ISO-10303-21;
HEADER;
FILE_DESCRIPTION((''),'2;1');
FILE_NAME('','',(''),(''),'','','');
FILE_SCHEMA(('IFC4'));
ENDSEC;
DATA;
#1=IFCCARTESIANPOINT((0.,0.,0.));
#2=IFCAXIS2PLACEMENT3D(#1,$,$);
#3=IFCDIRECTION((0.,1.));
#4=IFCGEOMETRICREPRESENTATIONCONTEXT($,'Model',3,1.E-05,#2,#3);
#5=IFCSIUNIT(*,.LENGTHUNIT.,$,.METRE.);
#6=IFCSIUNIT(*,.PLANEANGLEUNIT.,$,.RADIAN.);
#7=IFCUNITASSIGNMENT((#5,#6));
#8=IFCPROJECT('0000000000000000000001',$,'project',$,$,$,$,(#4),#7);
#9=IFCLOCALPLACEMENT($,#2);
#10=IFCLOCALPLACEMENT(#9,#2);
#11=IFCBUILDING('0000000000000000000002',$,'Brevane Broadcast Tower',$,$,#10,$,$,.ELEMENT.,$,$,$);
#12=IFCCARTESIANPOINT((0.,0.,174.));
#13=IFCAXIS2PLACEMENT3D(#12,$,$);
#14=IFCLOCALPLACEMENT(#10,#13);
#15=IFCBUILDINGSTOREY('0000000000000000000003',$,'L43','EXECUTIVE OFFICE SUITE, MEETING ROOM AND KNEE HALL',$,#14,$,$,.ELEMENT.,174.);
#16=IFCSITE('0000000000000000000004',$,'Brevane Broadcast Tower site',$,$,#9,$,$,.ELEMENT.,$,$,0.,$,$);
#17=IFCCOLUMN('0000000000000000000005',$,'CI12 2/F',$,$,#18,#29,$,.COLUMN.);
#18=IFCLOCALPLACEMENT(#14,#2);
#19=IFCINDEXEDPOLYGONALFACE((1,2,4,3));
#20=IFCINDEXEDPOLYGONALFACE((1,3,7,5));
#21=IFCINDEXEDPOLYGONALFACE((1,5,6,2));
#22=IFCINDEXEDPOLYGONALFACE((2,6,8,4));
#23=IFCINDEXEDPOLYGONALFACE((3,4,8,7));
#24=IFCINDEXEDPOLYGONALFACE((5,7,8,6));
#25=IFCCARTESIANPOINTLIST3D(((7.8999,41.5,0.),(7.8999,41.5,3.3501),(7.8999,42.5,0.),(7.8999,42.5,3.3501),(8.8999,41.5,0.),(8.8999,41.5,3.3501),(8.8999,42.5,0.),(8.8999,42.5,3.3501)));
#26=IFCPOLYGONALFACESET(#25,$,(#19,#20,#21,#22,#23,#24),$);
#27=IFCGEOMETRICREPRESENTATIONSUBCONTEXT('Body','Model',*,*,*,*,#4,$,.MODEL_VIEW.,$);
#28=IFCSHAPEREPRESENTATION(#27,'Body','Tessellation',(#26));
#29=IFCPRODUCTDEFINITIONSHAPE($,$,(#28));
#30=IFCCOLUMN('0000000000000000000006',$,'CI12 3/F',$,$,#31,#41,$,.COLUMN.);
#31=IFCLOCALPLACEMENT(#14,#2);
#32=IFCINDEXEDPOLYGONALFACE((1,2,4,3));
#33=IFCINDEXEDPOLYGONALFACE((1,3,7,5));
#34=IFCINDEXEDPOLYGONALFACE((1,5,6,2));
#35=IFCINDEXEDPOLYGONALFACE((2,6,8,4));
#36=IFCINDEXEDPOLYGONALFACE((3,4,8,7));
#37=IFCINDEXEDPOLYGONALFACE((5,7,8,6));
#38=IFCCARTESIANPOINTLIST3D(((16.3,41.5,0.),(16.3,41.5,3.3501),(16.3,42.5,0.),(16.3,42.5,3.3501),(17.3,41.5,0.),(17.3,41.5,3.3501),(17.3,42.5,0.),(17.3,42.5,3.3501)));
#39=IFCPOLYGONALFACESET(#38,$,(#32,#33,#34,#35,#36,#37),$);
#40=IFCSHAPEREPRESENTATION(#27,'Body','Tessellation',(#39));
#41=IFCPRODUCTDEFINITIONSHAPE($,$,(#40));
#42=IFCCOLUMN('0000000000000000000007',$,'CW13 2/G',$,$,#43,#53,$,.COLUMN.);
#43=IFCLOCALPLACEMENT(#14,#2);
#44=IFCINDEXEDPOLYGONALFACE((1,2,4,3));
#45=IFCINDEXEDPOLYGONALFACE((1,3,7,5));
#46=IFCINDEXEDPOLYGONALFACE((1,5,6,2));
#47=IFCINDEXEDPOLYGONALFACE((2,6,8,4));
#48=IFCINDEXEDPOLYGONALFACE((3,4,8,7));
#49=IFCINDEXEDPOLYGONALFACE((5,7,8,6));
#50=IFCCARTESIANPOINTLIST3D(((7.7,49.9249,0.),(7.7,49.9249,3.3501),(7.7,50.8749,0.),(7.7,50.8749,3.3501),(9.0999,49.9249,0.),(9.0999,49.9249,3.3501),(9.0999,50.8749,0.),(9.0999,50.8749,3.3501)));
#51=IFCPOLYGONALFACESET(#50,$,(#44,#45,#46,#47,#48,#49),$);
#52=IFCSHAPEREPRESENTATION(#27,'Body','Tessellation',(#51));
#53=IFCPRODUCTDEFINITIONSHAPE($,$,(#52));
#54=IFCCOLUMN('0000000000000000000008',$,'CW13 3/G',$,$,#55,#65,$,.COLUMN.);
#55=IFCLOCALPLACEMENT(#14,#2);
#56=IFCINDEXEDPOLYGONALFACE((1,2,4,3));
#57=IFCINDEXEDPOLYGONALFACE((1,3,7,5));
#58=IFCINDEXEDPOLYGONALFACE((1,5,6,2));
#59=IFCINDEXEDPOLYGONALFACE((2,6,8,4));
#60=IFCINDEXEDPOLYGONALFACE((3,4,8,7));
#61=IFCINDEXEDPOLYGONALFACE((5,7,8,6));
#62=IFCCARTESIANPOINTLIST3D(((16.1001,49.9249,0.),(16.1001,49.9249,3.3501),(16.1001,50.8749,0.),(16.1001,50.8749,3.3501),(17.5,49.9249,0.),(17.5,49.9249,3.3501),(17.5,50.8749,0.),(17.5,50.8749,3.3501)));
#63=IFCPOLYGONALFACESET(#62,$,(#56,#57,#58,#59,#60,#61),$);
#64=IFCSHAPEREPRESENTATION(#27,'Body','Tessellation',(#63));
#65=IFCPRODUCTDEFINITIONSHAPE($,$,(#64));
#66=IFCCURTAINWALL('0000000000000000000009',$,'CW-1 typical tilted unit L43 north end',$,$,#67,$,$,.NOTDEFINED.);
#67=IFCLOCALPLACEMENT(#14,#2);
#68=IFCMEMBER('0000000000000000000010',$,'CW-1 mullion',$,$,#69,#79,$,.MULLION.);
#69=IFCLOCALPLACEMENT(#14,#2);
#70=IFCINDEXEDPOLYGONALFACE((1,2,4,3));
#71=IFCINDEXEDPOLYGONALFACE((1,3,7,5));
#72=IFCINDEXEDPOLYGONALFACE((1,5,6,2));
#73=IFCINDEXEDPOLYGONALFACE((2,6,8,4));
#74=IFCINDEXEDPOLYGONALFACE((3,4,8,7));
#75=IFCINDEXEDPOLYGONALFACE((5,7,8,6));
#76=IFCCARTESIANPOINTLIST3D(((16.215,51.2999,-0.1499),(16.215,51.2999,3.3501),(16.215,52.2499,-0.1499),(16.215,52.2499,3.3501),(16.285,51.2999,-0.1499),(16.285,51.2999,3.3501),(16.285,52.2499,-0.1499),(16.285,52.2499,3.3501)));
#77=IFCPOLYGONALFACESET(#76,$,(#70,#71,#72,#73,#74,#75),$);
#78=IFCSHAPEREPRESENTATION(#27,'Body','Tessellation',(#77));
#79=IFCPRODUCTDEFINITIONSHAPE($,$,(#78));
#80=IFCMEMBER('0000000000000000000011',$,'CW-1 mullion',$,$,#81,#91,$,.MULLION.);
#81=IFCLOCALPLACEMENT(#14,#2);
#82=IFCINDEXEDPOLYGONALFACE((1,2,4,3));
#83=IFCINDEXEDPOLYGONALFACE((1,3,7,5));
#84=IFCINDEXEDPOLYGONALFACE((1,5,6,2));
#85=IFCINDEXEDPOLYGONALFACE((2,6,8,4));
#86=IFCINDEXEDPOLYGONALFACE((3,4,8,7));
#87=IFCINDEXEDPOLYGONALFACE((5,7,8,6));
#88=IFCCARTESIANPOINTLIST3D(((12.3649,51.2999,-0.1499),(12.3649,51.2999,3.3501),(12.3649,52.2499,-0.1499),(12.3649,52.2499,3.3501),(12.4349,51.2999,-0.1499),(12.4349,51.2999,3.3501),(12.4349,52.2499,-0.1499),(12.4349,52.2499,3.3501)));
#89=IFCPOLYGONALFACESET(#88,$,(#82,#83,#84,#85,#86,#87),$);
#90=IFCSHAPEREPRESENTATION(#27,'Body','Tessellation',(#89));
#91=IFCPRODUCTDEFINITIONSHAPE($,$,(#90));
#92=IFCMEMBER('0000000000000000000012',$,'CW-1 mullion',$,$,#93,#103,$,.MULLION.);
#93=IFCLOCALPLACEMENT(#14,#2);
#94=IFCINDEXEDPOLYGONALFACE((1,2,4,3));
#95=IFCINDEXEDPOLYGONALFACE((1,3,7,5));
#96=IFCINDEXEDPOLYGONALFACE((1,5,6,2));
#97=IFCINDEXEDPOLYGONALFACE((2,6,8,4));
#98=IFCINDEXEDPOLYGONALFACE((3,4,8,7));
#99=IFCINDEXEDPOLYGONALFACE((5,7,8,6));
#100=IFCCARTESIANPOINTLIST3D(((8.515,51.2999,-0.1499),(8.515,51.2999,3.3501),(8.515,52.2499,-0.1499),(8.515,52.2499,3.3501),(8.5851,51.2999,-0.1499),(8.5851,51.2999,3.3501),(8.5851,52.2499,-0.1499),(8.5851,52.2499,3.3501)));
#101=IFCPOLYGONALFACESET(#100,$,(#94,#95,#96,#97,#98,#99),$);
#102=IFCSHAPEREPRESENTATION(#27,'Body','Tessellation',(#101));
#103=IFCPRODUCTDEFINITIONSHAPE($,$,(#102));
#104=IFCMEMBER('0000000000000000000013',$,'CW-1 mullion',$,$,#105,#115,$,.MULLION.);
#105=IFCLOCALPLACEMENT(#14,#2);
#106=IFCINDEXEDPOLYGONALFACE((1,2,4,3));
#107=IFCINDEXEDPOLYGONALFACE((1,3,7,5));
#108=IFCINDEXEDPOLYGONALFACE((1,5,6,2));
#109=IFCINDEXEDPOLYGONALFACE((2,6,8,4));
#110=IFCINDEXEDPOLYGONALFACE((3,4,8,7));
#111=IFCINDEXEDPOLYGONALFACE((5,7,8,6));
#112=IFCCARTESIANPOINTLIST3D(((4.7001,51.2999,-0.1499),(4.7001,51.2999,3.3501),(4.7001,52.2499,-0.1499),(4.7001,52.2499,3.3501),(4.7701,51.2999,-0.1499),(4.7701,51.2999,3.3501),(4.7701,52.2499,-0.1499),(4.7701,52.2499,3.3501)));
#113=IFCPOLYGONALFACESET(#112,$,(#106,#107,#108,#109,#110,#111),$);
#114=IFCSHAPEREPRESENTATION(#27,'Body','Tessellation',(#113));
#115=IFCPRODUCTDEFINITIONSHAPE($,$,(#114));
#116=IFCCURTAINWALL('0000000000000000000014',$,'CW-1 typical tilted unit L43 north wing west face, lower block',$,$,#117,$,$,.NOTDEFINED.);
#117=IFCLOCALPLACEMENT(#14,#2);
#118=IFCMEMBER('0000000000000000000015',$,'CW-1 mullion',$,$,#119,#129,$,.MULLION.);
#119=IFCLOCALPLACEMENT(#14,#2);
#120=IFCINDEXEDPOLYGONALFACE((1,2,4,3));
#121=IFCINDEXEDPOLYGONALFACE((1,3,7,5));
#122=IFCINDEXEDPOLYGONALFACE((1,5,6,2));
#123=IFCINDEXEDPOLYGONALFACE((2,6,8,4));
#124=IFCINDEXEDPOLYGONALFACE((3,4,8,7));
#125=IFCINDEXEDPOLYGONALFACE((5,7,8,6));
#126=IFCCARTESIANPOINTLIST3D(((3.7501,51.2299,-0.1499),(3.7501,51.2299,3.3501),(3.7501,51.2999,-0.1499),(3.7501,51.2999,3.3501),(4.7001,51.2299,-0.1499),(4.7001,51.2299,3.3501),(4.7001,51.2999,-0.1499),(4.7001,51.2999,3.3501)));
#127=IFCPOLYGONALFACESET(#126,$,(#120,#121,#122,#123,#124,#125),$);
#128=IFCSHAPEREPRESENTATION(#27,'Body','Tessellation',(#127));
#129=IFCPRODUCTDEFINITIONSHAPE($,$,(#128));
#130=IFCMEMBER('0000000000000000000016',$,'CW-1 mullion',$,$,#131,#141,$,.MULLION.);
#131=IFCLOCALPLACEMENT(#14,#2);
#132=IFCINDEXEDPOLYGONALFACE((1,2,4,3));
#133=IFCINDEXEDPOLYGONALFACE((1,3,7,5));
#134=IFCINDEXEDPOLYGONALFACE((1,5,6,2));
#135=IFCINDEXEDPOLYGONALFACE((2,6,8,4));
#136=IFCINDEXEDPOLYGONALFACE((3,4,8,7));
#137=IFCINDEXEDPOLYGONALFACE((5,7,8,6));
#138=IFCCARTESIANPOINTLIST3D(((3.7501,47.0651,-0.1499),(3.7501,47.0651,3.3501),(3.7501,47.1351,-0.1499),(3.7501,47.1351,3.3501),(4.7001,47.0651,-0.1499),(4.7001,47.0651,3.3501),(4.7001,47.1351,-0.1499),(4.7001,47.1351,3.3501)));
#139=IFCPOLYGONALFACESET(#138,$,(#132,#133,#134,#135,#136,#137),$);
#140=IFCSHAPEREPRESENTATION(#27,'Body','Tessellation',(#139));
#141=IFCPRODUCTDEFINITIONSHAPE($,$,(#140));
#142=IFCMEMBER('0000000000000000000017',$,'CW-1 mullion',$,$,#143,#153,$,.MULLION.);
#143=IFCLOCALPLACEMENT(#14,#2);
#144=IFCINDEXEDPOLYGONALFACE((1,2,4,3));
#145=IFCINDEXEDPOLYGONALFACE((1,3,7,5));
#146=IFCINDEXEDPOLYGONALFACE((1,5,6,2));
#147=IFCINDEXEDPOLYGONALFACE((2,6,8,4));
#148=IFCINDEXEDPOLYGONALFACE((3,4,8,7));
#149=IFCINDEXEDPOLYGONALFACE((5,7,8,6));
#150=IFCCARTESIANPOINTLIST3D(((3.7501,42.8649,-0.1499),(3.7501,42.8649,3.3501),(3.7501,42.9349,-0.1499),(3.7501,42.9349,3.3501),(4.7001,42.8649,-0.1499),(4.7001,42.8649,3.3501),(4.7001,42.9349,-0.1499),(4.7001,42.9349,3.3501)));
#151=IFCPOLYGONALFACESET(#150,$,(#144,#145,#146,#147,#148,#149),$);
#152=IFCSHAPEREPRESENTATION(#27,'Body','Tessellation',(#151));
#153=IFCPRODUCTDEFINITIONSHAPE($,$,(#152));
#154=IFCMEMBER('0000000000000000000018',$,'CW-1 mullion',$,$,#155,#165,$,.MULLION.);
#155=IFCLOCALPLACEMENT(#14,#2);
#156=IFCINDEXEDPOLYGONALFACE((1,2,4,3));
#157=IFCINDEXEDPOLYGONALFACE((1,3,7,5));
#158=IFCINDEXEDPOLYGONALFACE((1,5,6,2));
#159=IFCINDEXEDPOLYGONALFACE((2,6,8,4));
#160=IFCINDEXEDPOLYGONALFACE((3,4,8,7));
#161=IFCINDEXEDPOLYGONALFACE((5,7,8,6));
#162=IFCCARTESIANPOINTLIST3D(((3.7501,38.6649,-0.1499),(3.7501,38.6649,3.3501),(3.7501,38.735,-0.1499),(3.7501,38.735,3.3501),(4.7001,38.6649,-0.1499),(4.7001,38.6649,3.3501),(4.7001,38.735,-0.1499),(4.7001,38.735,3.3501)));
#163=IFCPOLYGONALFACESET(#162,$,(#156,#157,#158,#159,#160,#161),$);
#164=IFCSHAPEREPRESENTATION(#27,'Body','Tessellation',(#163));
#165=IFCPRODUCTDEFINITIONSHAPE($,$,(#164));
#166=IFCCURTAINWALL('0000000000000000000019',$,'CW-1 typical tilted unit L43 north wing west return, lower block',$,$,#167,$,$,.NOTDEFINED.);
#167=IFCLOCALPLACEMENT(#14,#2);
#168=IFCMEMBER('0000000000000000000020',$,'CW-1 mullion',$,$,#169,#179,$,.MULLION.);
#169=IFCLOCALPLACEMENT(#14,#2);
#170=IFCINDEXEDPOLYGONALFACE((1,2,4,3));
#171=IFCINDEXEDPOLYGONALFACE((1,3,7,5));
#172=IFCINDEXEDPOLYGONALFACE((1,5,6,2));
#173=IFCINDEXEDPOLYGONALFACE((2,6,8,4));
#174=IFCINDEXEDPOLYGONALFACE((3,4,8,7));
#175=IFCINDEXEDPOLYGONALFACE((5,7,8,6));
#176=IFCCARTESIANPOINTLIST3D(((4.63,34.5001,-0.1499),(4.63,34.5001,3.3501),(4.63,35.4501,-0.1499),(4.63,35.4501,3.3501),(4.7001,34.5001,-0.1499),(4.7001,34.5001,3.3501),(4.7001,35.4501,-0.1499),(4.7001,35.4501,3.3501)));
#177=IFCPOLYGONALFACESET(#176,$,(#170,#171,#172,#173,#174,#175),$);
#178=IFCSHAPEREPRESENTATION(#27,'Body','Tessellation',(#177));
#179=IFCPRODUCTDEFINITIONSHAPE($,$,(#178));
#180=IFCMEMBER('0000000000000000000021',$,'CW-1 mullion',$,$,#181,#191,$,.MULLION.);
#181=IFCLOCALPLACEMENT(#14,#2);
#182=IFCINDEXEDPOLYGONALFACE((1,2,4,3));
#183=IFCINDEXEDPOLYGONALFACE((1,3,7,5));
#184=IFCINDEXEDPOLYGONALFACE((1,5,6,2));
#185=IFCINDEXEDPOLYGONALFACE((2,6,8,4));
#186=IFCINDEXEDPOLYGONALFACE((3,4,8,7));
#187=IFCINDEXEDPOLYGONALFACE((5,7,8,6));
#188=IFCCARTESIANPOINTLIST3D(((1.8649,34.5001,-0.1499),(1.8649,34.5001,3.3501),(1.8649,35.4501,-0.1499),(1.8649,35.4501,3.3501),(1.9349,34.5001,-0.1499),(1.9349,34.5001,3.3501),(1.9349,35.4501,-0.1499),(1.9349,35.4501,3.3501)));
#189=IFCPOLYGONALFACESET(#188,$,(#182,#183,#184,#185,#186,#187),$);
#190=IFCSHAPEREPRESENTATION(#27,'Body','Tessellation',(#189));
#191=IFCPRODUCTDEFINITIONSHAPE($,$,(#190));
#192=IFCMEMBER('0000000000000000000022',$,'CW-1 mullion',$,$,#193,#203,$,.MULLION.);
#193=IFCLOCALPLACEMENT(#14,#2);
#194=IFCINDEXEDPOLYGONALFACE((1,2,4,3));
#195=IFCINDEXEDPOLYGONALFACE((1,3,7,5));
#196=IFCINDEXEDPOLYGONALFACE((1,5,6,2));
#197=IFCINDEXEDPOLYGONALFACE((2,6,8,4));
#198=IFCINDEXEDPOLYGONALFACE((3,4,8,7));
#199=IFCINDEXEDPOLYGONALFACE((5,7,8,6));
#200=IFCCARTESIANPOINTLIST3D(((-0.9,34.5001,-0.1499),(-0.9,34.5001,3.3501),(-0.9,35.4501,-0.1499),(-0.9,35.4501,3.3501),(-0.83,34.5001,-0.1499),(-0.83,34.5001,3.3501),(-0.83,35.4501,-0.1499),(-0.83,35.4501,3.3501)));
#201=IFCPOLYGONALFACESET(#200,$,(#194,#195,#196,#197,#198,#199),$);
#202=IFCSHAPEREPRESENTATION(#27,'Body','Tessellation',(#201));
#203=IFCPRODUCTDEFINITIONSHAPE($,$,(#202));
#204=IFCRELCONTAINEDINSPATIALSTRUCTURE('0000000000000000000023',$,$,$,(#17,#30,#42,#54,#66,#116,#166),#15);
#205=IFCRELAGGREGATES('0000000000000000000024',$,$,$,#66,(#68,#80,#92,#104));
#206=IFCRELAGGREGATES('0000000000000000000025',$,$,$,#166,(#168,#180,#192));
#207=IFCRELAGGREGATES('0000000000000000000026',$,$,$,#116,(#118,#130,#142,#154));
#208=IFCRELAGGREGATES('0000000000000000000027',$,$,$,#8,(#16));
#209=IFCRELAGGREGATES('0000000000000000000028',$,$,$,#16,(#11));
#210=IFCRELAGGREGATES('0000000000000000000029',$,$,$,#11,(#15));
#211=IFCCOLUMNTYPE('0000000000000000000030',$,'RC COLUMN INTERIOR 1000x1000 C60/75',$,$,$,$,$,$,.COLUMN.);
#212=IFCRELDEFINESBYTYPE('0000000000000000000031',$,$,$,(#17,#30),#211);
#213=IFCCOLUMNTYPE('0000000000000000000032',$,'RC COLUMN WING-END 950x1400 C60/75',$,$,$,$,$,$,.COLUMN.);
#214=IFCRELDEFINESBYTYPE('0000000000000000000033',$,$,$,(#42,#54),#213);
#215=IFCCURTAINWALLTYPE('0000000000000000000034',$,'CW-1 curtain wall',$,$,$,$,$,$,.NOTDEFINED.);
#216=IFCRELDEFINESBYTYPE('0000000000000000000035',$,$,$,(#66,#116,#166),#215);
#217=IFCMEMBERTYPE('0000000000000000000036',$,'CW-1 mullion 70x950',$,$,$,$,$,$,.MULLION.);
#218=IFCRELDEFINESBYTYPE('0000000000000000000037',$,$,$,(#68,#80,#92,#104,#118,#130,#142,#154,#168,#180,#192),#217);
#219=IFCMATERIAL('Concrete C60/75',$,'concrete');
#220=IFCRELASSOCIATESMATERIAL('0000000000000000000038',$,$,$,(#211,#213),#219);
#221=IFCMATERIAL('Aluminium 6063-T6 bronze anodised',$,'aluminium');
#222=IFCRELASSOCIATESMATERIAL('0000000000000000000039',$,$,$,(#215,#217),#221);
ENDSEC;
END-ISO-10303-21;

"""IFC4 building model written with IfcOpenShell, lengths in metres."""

from ifc_helpers import new_model, si_unit, direction, frame, origin, origin_2d, place, context, subcontext, project, spatial, rectangle, extrude, material, material_profile, profile_set, type_object, element, aggregate, save


model = new_model("IFC4")

# Units and contexts
model_context = context("Model", 3, precision=1e-05, world=origin(), true_north=direction((0.0, 1.0)))
body_context = subcontext(model_context, "Body", "Model", "MODEL_VIEW")
ifc_project = project(units=[si_unit("LENGTHUNIT", "METRE"), si_unit("PLANEANGLEUNIT", "RADIAN")], contexts=[model_context])

# Site, building, storey
site_placement = place(None, origin())
site = spatial("IfcSite", under=ifc_project, at=site_placement, Name="Brevane Broadcast Tower site", CompositionType="ELEMENT", RefElevation=0.0)
building_placement = place(site_placement, origin())
building = spatial("IfcBuilding", under=site, at=building_placement, Name="Brevane Broadcast Tower", CompositionType="ELEMENT")
storey_placement = place(building_placement, frame((0.0, 0.0, 174.0)))
storey = spatial("IfcBuildingStorey", under=building, at=storey_placement, Name="L43", Description="EXECUTIVE OFFICE SUITE, MEETING ROOM AND KNEE HALL", CompositionType="ELEMENT", Elevation=174.0)

# Columns
ifc_material_1 = material(Name="Concrete C60/75", Category="concrete")
ifc_material_profile_1 = material_profile(ifc_material_1, rectangle(XDim=1.0, YDim=1.0, at=origin_2d()), Name="RC 1000x1000")
ifc_profile_set_1 = profile_set([ifc_material_profile_1], Name="Concrete C60/75")
column_type_1 = type_object("IfcColumnType", Name="RC COLUMN INTERIOR 1000x1000 C60/75", PredefinedType="COLUMN", material=ifc_profile_set_1)
for number, where, z_axis, x_axis, name in (
    (1, (8.3999, 42.0, 0.0), (0.0, 0.0, 1.0), (1.0, 0.0, 0.0), "CI12 2/F"),
    (2, (16.8, 42.0, 0.0), (0.0, 0.0, 1.0), (1.0, 0.0, 0.0), "CI12 3/F"),
):
    element("IfcColumn", number, at=place(storey_placement, frame(where, z_axis=z_axis, x_axis=x_axis)), inside=storey, type_object=column_type_1, Name=name, PredefinedType="COLUMN", context=body_context, shape_type="SweptSolid", body=[
        extrude(rectangle(XDim=1.0, YDim=1.0, at=origin_2d()), origin(), (0.0, 0.0, 1.0), 3.3501),
    ])
ifc_material_profile_2 = material_profile(ifc_material_1, rectangle(XDim=0.95, YDim=1.3999, at=origin_2d()), Name="RC 950x1400")
ifc_profile_set_2 = profile_set([ifc_material_profile_2], Name="Concrete C60/75")
column_type_2 = type_object("IfcColumnType", Name="RC COLUMN WING-END 950x1400 C60/75", PredefinedType="COLUMN", material=ifc_profile_set_2)
for number, where, z_axis, x_axis, name in (
    (3, (8.3999, 50.3999, 0.0), (0.0, 0.0, 1.0), (0.0, 1.0, 0.0), "CW13 2/G"),
    (4, (16.8, 50.3999, 0.0), (0.0, 0.0, 1.0), (0.0, 1.0, 0.0), "CW13 3/G"),
):
    element("IfcColumn", number, at=place(storey_placement, frame(where, z_axis=z_axis, x_axis=x_axis)), inside=storey, type_object=column_type_2, Name=name, PredefinedType="COLUMN", context=body_context, shape_type="SweptSolid", body=[
        extrude(rectangle(XDim=0.95, YDim=1.3999, at=origin_2d()), origin(), (0.0, 0.0, 1.0), 3.3501),
    ])

# Curtain walls, members
ifc_material_2 = material(Name="Aluminium 6063-T6 bronze anodised", Category="aluminium")
curtain_wall_type = type_object("IfcCurtainWallType", Name="CW-1 curtain wall", PredefinedType="NOTDEFINED", material=ifc_material_2)
curtain_wall_1_placement = place(storey_placement, origin())
curtain_wall_1 = element("IfcCurtainWall", 5, at=curtain_wall_1_placement, inside=storey, type_object=curtain_wall_type, Name="CW-1 typical tilted unit L43 north end", PredefinedType="NOTDEFINED")
ifc_material_profile_3 = material_profile(ifc_material_2, rectangle(XDim=0.95, YDim=0.0701, at=origin_2d()), Name="RECT 70x950")
ifc_profile_set_3 = profile_set([ifc_material_profile_3], Name="Aluminium 6063-T6 bronze anodised")
member_type_1 = type_object("IfcMemberType", Name="CW-1 mullion 70x950", PredefinedType="MULLION", material=ifc_profile_set_3)
member_1_placement = place(storey_placement, frame((16.25, 51.7749, -0.1499), z_axis=(0.0, 0.0, 1.0), x_axis=(0.0, -1.0, 0.0)))
member_1 = element("IfcMember", 6, at=member_1_placement, type_object=member_type_1, Name="CW-1 mullion", PredefinedType="MULLION", context=body_context, shape_type="SweptSolid", body=[
    extrude(rectangle(XDim=0.95, YDim=0.0701, at=origin_2d()), origin(), (0.0, 0.0, 1.0), 3.5),
])
member_2_placement = place(storey_placement, frame((12.3999, 51.7749, -0.1499), z_axis=(0.0, 0.0, 1.0), x_axis=(0.0, -1.0, 0.0)))
member_2 = element("IfcMember", 7, at=member_2_placement, type_object=member_type_1, Name="CW-1 mullion", PredefinedType="MULLION", context=body_context, shape_type="SweptSolid", body=[
    extrude(rectangle(XDim=0.95, YDim=0.0701, at=origin_2d()), origin(), (0.0, 0.0, 1.0), 3.5),
])
member_3_placement = place(storey_placement, frame((8.55, 51.7749, -0.1499), z_axis=(0.0, 0.0, 1.0), x_axis=(0.0, -1.0, 0.0)))
member_3 = element("IfcMember", 8, at=member_3_placement, type_object=member_type_1, Name="CW-1 mullion", PredefinedType="MULLION", context=body_context, shape_type="SweptSolid", body=[
    extrude(rectangle(XDim=0.95, YDim=0.0701, at=origin_2d()), origin(), (0.0, 0.0, 1.0), 3.5),
])
member_4_placement = place(storey_placement, frame((4.7351, 51.7749, -0.1499), z_axis=(0.0, 0.0, 1.0), x_axis=(0.0, -1.0, 0.0)))
member_4 = element("IfcMember", 9, at=member_4_placement, type_object=member_type_1, Name="CW-1 mullion", PredefinedType="MULLION", context=body_context, shape_type="SweptSolid", body=[
    extrude(rectangle(XDim=0.95, YDim=0.0701, at=origin_2d()), origin(), (0.0, 0.0, 1.0), 3.5),
])
aggregate(curtain_wall_1, [member_1, member_2, member_3, member_4])
curtain_wall_2_placement = place(storey_placement, origin())
curtain_wall_2 = element("IfcCurtainWall", 10, at=curtain_wall_2_placement, inside=storey, type_object=curtain_wall_type, Name="CW-1 typical tilted unit L43 north wing west face, lower block", PredefinedType="NOTDEFINED")
member_5_placement = place(storey_placement, frame((4.2251, 51.2649, -0.1499), z_axis=(0.0, 0.0, 1.0), x_axis=(1.0, 0.0, 0.0)))
member_5 = element("IfcMember", 11, at=member_5_placement, type_object=member_type_1, Name="CW-1 mullion", PredefinedType="MULLION", context=body_context, shape_type="SweptSolid", body=[
    extrude(rectangle(XDim=0.95, YDim=0.0701, at=origin_2d()), origin(), (0.0, 0.0, 1.0), 3.5),
])
member_6_placement = place(storey_placement, frame((4.2251, 47.1001, -0.1499), z_axis=(0.0, 0.0, 1.0), x_axis=(1.0, 0.0, 0.0)))
member_6 = element("IfcMember", 12, at=member_6_placement, type_object=member_type_1, Name="CW-1 mullion", PredefinedType="MULLION", context=body_context, shape_type="SweptSolid", body=[
    extrude(rectangle(XDim=0.95, YDim=0.0701, at=origin_2d()), origin(), (0.0, 0.0, 1.0), 3.5),
])
member_7_placement = place(storey_placement, frame((4.2251, 42.8999, -0.1499), z_axis=(0.0, 0.0, 1.0), x_axis=(1.0, 0.0, 0.0)))
member_7 = element("IfcMember", 13, at=member_7_placement, type_object=member_type_1, Name="CW-1 mullion", PredefinedType="MULLION", context=body_context, shape_type="SweptSolid", body=[
    extrude(rectangle(XDim=0.95, YDim=0.0701, at=origin_2d()), origin(), (0.0, 0.0, 1.0), 3.5),
])
member_8_placement = place(storey_placement, frame((4.2251, 38.7, -0.1499), z_axis=(0.0, 0.0, 1.0), x_axis=(1.0, 0.0, 0.0)))
member_8 = element("IfcMember", 14, at=member_8_placement, type_object=member_type_1, Name="CW-1 mullion", PredefinedType="MULLION", context=body_context, shape_type="SweptSolid", body=[
    extrude(rectangle(XDim=0.95, YDim=0.0701, at=origin_2d()), origin(), (0.0, 0.0, 1.0), 3.5),
])
curtain_wall_3_placement = place(storey_placement, origin())
curtain_wall_3 = element("IfcCurtainWall", 15, at=curtain_wall_3_placement, inside=storey, type_object=curtain_wall_type, Name="CW-1 typical tilted unit L43 north wing west return, lower block", PredefinedType="NOTDEFINED")
member_9_placement = place(storey_placement, frame((4.665, 34.9751, -0.1499), z_axis=(0.0, 0.0, 1.0), x_axis=(0.0, -1.0, 0.0)))
member_9 = element("IfcMember", 16, at=member_9_placement, type_object=member_type_1, Name="CW-1 mullion", PredefinedType="MULLION", context=body_context, shape_type="SweptSolid", body=[
    extrude(rectangle(XDim=0.95, YDim=0.0701, at=origin_2d()), origin(), (0.0, 0.0, 1.0), 3.5),
])
member_10_placement = place(storey_placement, frame((1.8999, 34.9751, -0.1499), z_axis=(0.0, 0.0, 1.0), x_axis=(0.0, -1.0, 0.0)))
member_10 = element("IfcMember", 17, at=member_10_placement, type_object=member_type_1, Name="CW-1 mullion", PredefinedType="MULLION", context=body_context, shape_type="SweptSolid", body=[
    extrude(rectangle(XDim=0.95, YDim=0.0701, at=origin_2d()), origin(), (0.0, 0.0, 1.0), 3.5),
])
member_11_placement = place(storey_placement, frame((-0.865, 34.9751, -0.1499), z_axis=(0.0, 0.0, 1.0), x_axis=(0.0, -1.0, 0.0)))
member_11 = element("IfcMember", 18, at=member_11_placement, type_object=member_type_1, Name="CW-1 mullion", PredefinedType="MULLION", context=body_context, shape_type="SweptSolid", body=[
    extrude(rectangle(XDim=0.95, YDim=0.0701, at=origin_2d()), origin(), (0.0, 0.0, 1.0), 3.5),
])
aggregate(curtain_wall_3, [member_9, member_10, member_11])

aggregate(curtain_wall_2, [member_5, member_6, member_7, member_8])

save(model, "model.ifc")
